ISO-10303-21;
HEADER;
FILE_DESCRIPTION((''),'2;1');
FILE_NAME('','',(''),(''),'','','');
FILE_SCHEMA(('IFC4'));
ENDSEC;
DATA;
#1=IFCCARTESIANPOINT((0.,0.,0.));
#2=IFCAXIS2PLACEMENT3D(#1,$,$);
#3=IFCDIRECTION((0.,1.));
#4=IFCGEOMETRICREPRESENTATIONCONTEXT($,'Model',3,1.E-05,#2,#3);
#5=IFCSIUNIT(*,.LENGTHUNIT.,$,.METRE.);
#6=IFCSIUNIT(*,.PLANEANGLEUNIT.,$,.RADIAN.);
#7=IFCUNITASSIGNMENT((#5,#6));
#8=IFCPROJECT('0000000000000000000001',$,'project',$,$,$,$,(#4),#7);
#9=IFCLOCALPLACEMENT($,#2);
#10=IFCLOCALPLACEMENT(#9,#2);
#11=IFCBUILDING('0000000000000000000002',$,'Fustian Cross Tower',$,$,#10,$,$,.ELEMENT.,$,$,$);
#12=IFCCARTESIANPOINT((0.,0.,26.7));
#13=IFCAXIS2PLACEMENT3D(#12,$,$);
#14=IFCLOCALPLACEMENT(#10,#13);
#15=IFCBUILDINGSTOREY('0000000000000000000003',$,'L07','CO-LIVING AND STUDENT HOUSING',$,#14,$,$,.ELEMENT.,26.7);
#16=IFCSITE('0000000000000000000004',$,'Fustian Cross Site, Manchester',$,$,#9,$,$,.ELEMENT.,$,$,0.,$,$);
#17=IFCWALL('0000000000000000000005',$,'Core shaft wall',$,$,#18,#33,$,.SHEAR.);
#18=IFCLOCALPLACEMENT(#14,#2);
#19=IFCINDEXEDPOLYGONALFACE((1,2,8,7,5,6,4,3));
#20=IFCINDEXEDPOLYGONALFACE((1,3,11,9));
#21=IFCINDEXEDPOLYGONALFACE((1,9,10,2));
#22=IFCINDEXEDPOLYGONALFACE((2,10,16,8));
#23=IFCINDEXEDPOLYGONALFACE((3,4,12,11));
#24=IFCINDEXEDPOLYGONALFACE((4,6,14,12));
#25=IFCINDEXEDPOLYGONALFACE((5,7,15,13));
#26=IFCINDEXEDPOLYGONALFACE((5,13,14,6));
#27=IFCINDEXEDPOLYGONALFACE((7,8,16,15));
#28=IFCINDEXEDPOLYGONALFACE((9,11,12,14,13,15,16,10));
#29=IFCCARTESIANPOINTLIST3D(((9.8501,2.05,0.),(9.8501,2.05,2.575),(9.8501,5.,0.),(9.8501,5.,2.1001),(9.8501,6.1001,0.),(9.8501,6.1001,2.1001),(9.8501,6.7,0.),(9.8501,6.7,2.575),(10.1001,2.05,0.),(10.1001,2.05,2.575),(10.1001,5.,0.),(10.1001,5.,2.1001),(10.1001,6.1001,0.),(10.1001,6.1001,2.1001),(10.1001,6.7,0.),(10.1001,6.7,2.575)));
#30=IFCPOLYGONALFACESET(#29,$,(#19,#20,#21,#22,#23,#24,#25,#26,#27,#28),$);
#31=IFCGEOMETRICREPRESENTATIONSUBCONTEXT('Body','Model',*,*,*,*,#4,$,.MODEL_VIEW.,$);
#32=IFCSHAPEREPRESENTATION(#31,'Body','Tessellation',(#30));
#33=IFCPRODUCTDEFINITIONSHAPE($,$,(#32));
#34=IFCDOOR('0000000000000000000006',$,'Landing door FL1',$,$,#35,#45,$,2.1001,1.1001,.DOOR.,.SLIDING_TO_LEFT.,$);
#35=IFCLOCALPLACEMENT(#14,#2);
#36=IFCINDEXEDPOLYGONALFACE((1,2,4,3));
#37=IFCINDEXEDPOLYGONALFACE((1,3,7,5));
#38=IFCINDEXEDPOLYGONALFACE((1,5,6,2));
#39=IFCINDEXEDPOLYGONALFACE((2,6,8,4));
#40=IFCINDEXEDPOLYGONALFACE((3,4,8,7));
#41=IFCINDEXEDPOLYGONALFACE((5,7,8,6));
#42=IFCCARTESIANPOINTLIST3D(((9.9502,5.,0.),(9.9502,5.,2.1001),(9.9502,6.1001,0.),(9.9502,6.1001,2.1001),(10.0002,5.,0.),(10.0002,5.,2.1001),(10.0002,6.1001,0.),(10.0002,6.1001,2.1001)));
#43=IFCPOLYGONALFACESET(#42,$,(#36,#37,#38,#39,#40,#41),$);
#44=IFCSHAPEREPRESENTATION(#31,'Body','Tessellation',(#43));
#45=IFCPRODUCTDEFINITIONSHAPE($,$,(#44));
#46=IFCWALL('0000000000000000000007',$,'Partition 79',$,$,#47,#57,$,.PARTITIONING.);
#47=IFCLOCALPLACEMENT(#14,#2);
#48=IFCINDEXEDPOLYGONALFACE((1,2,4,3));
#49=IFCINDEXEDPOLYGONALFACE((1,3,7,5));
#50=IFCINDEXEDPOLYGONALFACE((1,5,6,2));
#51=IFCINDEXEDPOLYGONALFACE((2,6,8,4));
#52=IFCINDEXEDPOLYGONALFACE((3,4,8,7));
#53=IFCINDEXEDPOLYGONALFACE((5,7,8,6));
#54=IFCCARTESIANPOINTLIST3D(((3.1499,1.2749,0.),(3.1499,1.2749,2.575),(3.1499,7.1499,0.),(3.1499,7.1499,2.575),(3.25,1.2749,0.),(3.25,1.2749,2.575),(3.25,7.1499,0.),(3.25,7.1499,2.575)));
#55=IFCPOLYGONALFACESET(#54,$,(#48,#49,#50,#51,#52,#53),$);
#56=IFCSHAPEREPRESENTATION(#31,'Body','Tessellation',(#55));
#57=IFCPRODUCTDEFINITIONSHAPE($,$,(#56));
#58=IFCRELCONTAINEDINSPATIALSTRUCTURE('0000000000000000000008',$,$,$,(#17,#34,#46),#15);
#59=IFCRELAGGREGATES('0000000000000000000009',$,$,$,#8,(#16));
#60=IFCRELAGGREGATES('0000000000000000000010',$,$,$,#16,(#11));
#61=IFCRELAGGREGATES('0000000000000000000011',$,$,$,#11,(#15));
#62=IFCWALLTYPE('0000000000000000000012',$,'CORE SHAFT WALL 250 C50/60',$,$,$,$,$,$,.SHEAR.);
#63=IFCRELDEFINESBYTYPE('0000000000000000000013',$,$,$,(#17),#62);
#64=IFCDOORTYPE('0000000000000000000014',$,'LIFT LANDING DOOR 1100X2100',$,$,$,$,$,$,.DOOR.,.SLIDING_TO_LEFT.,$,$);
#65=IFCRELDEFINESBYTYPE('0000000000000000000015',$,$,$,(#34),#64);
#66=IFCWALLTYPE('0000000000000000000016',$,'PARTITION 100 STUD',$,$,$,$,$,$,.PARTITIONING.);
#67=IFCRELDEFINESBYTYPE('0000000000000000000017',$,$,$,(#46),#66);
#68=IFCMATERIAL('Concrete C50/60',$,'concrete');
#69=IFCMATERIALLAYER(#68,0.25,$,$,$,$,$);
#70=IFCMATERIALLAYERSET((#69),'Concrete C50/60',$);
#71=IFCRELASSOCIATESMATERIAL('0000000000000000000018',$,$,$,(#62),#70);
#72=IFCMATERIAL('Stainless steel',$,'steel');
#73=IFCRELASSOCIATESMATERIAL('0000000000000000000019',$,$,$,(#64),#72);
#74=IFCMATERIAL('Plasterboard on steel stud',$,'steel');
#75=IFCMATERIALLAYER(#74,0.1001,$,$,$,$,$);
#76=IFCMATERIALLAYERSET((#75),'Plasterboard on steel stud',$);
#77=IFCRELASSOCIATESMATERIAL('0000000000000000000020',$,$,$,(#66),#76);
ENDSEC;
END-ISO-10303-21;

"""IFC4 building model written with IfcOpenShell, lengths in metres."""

from ifc_helpers import new_model, si_unit, direction, frame, frame_2d, origin, place, context, subcontext, project, spatial, rectangle, extrude, material, layer, layer_set, type_object, element, fill, save


model = new_model("IFC4")

# Units and contexts
model_context = context("Model", 3, precision=1e-05, world=origin(), true_north=direction((0.0, 1.0)))
body_context = subcontext(model_context, "Body", "Model", "MODEL_VIEW")
ifc_project = project(units=[si_unit("LENGTHUNIT", "METRE"), si_unit("PLANEANGLEUNIT", "RADIAN")], contexts=[model_context])

# Site, building, storey
site_placement = place(None, origin())
site = spatial("IfcSite", under=ifc_project, at=site_placement, Name="Fustian Cross Site, Manchester", CompositionType="ELEMENT", RefElevation=0.0)
building_placement = place(site_placement, origin())
building = spatial("IfcBuilding", under=site, at=building_placement, Name="Fustian Cross Tower", CompositionType="ELEMENT")
storey_placement = place(building_placement, frame((0.0, 0.0, 26.7)))
storey = spatial("IfcBuildingStorey", under=building, at=storey_placement, Name="L07", Description="CO-LIVING AND STUDENT HOUSING", CompositionType="ELEMENT", Elevation=26.7)

# Shared definitions
ifc_material_1 = material(Name="Concrete C50/60", Category="concrete")
ifc_layer_1 = layer(ifc_material_1, 0.25)
ifc_layer_set_1 = layer_set([ifc_layer_1], Name="Concrete C50/60")
wall_type_1 = type_object("IfcWallType", Name="CORE SHAFT WALL 250 C50/60", PredefinedType="SHEAR", material=ifc_layer_set_1)

# Wall, opening, door
wall_1_placement = place(storey_placement, frame((9.9751, 2.05, 0.0), z_axis=(0.0, 0.0, 1.0), x_axis=(0.0, 1.0, 0.0)))
wall_1 = element("IfcWall", 1, at=wall_1_placement, inside=storey, type_object=wall_type_1, Name="Core shaft wall", PredefinedType="SHEAR", context=body_context, shape_type="SweptSolid", body=[
    extrude(rectangle(XDim=4.6499, YDim=0.25, at=frame_2d((2.325, 0.0))), origin(), (0.0, 0.0, 1.0), 2.575),
])
opening_1_placement = place(wall_1_placement, frame((2.95, 0.0, 0.0)))
opening_1 = element("IfcOpeningElement", 2, at=opening_1_placement, cuts=wall_1, PredefinedType="OPENING", context=body_context, shape_type="SweptSolid", body=[
    extrude(rectangle(XDim=1.1001, YDim=2.1001, at=frame_2d((0.55, 1.05))), frame((0.0, 0.135, 0.0), z_axis=(0.0, -1.0, 0.0), x_axis=(1.0, 0.0, 0.0)), (0.0, 0.0, 1.0), 0.27),
])
ifc_material_2 = material(Name="Stainless steel", Category="steel")
door_type_1 = type_object("IfcDoorType", Name="LIFT LANDING DOOR 1100X2100", OperationType="SLIDING_TO_LEFT", PredefinedType="DOOR", material=ifc_material_2)
door_1_placement = place(opening_1_placement, origin())
door_1 = element("IfcDoor", 3, at=door_1_placement, inside=storey, type_object=door_type_1, Name="Landing door FL1", OperationType="SLIDING_TO_LEFT", OverallHeight=2.1001, OverallWidth=1.1001, PredefinedType="DOOR", context=body_context, shape_type="SweptSolid", body=[
    extrude(rectangle(XDim=1.1001, YDim=2.1001, at=frame_2d((0.55, 1.05))), frame((0.0, 0.0249, 0.0), z_axis=(0.0, -1.0, 0.0), x_axis=(1.0, 0.0, 0.0)), (0.0, 0.0, 1.0), 0.05),
])
fill(opening_1, door_1)

# Wall
ifc_material_3 = material(Name="Plasterboard on steel stud", Category="steel")
ifc_layer_2 = layer(ifc_material_3, 0.1001)
ifc_layer_set_2 = layer_set([ifc_layer_2], Name="Plasterboard on steel stud")
wall_type_2 = type_object("IfcWallType", Name="PARTITION 100 STUD", PredefinedType="PARTITIONING", material=ifc_layer_set_2)
wall_2_placement = place(storey_placement, frame((3.2, 1.2749, 0.0), z_axis=(0.0, 0.0, 1.0), x_axis=(0.0, 1.0, 0.0)))
element("IfcWall", 4, at=wall_2_placement, inside=storey, type_object=wall_type_2, Name="Partition 79", PredefinedType="PARTITIONING", context=body_context, shape_type="SweptSolid", body=[
    extrude(rectangle(XDim=5.875, YDim=0.1001, at=frame_2d((2.9375, 0.0))), origin(), (0.0, 0.0, 1.0), 2.575),
])

save(model, "model.ifc")
